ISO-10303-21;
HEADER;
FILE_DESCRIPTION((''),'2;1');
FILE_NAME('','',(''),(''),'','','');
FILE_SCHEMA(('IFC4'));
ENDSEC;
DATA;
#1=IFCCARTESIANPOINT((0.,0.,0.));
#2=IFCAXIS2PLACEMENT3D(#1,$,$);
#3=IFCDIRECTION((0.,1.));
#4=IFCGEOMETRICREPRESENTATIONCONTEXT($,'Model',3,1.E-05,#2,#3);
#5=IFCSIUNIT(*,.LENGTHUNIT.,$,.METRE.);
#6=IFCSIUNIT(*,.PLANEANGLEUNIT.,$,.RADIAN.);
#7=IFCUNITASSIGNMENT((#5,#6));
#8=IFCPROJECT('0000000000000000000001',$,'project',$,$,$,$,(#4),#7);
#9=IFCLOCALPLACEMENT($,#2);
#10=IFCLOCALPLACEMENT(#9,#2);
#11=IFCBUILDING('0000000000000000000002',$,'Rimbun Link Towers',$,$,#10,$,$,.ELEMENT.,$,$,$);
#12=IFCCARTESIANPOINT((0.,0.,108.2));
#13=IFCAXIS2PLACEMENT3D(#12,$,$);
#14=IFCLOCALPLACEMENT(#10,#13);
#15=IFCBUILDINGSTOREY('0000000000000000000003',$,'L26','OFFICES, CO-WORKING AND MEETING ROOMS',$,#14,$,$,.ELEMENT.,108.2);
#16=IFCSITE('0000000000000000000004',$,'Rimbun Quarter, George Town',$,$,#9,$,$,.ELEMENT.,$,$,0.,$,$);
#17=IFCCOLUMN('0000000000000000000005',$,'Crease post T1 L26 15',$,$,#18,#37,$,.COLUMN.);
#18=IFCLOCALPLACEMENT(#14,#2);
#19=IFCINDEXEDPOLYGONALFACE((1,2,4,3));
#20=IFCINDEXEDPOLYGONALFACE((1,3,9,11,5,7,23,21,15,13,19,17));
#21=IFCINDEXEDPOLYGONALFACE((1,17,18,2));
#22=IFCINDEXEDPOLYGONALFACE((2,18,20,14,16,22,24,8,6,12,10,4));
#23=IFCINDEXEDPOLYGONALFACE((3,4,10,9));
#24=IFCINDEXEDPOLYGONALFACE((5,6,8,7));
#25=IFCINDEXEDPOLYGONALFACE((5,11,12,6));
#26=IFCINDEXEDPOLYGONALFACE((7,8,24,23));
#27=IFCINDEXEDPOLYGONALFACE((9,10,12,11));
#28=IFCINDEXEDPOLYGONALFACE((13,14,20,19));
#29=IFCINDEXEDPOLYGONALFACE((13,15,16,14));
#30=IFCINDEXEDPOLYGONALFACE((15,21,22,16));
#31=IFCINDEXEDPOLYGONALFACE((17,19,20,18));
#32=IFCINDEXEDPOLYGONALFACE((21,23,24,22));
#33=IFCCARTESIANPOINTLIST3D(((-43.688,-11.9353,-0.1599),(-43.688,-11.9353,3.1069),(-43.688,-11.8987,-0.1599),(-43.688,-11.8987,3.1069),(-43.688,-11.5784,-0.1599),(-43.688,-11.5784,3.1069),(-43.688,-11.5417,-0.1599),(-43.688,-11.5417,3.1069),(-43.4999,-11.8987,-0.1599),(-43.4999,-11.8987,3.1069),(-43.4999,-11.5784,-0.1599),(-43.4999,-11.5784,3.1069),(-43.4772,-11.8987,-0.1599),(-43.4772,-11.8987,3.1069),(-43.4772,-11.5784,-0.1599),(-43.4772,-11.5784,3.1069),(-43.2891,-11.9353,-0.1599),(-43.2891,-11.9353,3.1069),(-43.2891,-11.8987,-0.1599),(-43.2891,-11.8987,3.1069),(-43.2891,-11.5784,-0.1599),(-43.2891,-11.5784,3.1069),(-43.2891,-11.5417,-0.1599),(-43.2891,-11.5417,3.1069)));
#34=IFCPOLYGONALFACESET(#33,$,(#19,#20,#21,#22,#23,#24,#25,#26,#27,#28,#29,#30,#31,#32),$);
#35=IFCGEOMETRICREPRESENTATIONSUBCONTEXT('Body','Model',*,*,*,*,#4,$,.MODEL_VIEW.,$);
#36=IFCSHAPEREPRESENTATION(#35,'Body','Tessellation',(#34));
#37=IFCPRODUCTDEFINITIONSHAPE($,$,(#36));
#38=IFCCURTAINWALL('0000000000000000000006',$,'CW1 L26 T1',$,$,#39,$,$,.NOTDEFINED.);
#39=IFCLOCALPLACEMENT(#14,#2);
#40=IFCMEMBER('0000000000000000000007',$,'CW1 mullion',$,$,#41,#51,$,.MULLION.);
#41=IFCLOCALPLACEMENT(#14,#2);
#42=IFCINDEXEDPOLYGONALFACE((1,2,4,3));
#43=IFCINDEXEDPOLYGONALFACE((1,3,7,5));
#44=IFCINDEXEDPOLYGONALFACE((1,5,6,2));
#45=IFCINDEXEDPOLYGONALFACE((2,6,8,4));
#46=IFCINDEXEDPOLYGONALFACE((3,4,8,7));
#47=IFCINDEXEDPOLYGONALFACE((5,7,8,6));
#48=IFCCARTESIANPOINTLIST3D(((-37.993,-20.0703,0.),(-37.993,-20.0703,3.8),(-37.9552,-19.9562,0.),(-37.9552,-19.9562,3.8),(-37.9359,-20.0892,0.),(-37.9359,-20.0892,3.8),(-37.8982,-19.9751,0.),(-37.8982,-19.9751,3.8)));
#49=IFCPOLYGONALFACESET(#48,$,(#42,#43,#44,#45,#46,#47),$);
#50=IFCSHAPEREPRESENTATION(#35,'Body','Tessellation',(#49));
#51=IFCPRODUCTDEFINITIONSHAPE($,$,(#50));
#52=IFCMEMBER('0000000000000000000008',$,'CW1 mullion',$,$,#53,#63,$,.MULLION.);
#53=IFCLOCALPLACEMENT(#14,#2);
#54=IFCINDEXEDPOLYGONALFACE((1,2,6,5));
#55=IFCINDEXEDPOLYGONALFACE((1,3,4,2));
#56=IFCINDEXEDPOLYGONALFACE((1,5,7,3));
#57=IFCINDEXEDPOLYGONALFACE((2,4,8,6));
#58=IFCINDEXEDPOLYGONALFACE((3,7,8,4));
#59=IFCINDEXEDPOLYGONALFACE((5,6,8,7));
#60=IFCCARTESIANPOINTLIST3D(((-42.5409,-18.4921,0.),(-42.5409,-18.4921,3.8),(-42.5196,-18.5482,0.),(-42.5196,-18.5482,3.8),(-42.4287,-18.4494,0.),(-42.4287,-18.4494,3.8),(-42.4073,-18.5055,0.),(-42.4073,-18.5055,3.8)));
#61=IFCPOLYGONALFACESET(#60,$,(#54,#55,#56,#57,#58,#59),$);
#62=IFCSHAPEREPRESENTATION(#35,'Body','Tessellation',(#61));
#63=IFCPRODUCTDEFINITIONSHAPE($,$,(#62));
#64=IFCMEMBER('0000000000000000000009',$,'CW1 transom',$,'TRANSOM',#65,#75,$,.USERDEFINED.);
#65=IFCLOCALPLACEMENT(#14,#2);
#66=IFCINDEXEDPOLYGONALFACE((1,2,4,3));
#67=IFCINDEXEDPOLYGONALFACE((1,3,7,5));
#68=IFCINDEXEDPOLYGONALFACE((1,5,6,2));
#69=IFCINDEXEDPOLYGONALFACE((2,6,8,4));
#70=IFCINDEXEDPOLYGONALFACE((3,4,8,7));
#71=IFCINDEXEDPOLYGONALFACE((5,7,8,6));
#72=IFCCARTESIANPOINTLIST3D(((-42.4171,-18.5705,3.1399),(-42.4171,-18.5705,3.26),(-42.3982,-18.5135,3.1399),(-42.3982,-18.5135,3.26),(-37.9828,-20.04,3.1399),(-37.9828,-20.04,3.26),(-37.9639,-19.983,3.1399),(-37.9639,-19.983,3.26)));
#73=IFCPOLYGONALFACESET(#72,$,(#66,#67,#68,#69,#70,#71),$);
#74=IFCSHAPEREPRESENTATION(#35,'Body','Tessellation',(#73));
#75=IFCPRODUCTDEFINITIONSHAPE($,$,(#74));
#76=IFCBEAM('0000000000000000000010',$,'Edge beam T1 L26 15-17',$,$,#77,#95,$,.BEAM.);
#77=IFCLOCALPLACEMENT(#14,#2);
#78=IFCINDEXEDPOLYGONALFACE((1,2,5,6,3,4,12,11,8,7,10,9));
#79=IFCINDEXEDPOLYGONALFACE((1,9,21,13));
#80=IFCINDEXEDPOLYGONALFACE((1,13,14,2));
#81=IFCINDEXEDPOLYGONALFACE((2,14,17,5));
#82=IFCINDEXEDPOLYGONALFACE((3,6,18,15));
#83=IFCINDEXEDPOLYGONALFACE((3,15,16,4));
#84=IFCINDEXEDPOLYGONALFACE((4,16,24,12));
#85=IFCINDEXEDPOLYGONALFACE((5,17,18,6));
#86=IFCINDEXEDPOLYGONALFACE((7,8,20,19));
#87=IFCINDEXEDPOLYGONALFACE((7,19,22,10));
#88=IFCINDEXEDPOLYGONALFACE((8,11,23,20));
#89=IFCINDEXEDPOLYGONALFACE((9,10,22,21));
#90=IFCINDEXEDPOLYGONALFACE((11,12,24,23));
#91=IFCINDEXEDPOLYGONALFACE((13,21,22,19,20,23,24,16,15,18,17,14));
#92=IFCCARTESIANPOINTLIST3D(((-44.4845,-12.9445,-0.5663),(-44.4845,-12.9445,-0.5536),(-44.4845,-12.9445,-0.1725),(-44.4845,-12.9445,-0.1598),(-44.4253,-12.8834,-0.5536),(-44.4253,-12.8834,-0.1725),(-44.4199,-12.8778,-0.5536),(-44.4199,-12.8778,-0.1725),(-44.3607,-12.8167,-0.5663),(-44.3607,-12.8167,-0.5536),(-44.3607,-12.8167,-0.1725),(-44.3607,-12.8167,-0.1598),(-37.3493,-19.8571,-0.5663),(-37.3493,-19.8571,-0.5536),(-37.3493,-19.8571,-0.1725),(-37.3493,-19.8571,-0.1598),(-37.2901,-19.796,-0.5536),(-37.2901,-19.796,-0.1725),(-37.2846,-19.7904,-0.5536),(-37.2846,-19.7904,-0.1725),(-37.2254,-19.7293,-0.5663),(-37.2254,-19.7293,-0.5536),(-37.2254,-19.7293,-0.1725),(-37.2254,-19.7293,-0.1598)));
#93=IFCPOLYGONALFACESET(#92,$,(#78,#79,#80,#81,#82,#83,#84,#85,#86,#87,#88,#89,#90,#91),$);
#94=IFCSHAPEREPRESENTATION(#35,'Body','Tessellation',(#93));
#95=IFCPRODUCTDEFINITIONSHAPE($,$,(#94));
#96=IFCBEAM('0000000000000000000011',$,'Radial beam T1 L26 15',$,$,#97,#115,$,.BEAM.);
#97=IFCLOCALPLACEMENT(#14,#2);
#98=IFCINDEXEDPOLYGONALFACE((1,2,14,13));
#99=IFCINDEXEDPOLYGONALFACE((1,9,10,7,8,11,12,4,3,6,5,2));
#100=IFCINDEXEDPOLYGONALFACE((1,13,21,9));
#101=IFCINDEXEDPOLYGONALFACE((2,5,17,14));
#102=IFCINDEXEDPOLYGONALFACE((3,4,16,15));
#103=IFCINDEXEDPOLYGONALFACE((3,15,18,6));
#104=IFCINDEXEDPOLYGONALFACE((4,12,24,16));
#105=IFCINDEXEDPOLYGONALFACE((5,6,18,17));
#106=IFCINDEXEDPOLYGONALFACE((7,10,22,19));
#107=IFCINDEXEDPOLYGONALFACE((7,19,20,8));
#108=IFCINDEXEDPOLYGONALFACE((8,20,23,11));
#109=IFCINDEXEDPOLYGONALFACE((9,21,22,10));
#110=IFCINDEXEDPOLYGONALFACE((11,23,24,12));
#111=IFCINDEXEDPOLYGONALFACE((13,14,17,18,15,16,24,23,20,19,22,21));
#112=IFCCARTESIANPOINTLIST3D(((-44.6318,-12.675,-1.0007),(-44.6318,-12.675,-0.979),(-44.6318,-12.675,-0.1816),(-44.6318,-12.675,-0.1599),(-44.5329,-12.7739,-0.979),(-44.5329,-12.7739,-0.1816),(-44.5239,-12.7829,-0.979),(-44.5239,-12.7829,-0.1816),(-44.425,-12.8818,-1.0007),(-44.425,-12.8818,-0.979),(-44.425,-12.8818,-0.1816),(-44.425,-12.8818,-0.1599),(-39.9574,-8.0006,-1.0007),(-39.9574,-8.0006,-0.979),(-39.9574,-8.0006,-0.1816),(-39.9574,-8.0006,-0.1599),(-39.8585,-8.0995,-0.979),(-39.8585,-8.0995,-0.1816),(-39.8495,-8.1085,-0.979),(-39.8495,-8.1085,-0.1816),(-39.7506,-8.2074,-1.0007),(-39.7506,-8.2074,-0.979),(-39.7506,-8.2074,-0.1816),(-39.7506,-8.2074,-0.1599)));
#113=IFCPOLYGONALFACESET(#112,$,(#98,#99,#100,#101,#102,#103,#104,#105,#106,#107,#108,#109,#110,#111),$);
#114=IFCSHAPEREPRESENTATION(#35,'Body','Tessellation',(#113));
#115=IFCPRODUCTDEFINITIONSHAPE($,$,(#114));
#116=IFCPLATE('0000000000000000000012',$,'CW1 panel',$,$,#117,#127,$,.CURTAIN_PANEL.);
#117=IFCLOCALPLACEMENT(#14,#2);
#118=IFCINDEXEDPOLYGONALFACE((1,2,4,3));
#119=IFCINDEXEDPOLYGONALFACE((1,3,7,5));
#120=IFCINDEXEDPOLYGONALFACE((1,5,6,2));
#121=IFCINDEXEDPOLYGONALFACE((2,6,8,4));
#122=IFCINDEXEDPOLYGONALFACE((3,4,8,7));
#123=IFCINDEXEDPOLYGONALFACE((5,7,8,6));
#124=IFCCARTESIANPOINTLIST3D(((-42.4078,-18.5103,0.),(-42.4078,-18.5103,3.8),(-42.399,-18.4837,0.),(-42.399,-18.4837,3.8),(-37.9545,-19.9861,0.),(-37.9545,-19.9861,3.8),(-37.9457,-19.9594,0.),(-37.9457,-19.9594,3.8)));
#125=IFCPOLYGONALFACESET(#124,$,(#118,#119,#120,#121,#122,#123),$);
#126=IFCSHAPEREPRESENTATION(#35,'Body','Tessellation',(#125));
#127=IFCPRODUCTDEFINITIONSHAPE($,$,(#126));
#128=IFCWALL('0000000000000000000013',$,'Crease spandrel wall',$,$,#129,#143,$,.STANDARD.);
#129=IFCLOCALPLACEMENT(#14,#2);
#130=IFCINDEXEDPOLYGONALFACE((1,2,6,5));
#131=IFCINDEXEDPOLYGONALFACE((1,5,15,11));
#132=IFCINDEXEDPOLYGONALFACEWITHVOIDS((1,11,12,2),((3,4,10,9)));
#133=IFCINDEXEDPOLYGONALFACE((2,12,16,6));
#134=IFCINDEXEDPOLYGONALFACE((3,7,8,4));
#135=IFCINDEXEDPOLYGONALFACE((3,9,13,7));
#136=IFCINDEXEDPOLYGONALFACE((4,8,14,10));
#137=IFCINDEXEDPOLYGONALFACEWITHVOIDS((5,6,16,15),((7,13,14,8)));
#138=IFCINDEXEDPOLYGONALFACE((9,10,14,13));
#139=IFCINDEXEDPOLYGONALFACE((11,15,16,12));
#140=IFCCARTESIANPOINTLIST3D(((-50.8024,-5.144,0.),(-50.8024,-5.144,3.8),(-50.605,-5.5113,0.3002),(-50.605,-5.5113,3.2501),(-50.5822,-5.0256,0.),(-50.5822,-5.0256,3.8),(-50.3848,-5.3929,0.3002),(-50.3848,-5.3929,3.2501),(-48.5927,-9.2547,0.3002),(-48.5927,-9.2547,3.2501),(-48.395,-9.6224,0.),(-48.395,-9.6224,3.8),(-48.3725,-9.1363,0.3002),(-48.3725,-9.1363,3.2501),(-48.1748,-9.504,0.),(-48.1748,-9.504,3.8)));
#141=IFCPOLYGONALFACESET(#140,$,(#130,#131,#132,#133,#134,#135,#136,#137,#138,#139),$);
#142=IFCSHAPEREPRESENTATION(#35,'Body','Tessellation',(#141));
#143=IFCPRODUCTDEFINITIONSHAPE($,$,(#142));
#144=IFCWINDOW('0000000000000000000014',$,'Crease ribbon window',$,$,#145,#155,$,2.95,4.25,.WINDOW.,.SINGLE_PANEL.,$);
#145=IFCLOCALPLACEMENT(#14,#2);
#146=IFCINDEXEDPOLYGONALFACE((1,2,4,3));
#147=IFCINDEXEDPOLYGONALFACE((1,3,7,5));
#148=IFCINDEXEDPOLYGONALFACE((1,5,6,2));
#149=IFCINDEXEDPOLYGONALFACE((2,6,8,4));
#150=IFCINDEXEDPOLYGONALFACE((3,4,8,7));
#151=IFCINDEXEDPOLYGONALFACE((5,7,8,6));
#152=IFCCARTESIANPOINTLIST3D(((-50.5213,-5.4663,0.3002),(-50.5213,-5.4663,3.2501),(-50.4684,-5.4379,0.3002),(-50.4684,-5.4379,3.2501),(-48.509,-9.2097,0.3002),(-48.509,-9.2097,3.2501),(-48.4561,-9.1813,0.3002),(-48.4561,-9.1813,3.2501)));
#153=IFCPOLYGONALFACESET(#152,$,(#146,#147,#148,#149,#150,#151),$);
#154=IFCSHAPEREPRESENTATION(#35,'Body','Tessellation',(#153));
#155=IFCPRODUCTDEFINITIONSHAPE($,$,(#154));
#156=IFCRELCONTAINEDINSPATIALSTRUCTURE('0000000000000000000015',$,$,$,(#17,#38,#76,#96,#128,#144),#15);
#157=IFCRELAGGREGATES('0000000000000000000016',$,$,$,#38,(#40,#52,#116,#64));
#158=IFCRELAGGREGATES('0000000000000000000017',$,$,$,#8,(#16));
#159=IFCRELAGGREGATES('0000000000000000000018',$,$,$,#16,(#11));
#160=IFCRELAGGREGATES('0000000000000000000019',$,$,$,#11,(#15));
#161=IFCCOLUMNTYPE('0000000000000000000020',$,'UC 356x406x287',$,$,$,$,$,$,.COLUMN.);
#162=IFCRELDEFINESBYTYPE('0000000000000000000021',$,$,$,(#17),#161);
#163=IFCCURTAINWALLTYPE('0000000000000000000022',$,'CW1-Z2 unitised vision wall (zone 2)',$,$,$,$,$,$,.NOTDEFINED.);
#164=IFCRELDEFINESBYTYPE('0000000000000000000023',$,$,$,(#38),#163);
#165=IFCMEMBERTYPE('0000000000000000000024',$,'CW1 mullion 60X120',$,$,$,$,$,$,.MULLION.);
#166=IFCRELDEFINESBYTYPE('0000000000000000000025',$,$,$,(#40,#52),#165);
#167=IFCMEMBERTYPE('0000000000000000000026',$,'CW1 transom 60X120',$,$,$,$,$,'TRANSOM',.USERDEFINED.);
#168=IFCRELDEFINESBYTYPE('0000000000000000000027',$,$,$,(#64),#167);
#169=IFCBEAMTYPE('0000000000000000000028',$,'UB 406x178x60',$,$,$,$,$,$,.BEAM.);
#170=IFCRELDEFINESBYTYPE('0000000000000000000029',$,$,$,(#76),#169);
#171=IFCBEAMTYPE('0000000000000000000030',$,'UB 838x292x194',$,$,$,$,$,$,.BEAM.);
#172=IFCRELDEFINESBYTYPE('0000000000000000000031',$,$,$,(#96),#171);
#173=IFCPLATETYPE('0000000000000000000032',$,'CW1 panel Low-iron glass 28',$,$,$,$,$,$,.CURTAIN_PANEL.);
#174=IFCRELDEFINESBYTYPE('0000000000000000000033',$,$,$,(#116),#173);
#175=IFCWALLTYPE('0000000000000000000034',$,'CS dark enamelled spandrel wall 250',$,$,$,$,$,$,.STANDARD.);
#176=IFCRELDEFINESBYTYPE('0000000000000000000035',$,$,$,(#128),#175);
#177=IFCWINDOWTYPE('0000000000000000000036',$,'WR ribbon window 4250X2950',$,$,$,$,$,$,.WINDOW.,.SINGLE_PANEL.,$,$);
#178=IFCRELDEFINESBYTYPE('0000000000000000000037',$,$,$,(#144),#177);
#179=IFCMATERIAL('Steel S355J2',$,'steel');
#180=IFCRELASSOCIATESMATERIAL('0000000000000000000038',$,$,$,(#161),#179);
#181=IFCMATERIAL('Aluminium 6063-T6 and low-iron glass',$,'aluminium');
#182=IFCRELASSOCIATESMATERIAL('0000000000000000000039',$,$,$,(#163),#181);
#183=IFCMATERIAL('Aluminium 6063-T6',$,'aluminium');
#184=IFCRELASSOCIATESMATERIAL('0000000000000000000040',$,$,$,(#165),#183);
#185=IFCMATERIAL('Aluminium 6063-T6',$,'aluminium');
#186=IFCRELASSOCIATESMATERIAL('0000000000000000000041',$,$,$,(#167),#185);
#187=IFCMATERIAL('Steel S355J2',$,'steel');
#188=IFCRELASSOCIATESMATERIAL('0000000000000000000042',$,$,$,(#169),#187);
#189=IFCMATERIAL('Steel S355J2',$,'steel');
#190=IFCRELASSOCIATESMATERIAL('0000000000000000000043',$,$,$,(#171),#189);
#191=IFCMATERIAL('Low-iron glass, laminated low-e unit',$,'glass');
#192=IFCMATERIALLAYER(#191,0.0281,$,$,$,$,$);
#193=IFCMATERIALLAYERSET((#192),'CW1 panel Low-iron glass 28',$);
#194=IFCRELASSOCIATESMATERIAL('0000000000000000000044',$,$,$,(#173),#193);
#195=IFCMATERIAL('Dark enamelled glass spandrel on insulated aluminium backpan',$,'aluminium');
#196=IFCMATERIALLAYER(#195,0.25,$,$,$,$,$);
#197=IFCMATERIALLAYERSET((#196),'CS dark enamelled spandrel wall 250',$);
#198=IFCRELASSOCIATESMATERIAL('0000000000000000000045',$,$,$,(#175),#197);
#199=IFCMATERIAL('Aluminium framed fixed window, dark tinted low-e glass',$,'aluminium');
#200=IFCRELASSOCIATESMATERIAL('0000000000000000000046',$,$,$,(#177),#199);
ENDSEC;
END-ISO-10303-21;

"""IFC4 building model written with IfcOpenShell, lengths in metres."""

from ifc_helpers import new_model, si_unit, direction, frame, frame_2d, origin, origin_2d, place, context, subcontext, project, spatial, rectangle, i_section, extrude, material, layer, layer_set, material_profile, profile_set, type_object, element, fill, aggregate, save


model = new_model("IFC4")

# Units and contexts
model_context = context("Model", 3, precision=1e-05, world=origin(), true_north=direction((0.0, 1.0)))
body_context = subcontext(model_context, "Body", "Model", "MODEL_VIEW")
ifc_project = project(units=[si_unit("LENGTHUNIT", "METRE"), si_unit("PLANEANGLEUNIT", "RADIAN")], contexts=[model_context])

# Site, building, storey
site_placement = place(None, origin())
site = spatial("IfcSite", under=ifc_project, at=site_placement, Name="Rimbun Quarter, George Town", CompositionType="ELEMENT", RefElevation=0.0)
building_placement = place(site_placement, origin())
building = spatial("IfcBuilding", under=site, at=building_placement, Name="Rimbun Link Towers", CompositionType="ELEMENT")
storey_placement = place(building_placement, frame((0.0, 0.0, 108.2)))
storey = spatial("IfcBuildingStorey", under=building, at=storey_placement, Name="L26", Description="OFFICES, CO-WORKING AND MEETING ROOMS", CompositionType="ELEMENT", Elevation=108.2)

# Column
ifc_material_1 = material(Name="Steel S355J2", Category="steel")
ifc_material_profile_1 = material_profile(ifc_material_1, i_section(OverallWidth=0.3989, OverallDepth=0.3936, WebThickness=0.0227, FlangeThickness=0.0366, at=origin_2d()), Name="UC 356x406x287")
ifc_profile_set_1 = profile_set([ifc_material_profile_1], Name="Steel S355J2")
column_type = type_object("IfcColumnType", Name="UC 356x406x287", PredefinedType="COLUMN", material=ifc_profile_set_1)
column_placement = place(storey_placement, frame((-43.4885, -11.7385, -0.1599), z_axis=(0.0, 0.0, 1.0), x_axis=(1.0, 0.0, 0.0)))
element("IfcColumn", 1, at=column_placement, inside=storey, type_object=column_type, Name="Crease post T1 L26 15", PredefinedType="COLUMN", context=body_context, shape_type="SweptSolid", body=[
    extrude(i_section(OverallWidth=0.3989, OverallDepth=0.3936, WebThickness=0.0227, FlangeThickness=0.0366, at=origin_2d()), origin(), (0.0, 0.0, 1.0), 3.2668),
])

# Curtain wall, members
ifc_material_2 = material(Name="Aluminium 6063-T6 and low-iron glass", Category="aluminium")
curtain_wall_type = type_object("IfcCurtainWallType", Name="CW1-Z2 unitised vision wall (zone 2)", PredefinedType="NOTDEFINED", material=ifc_material_2)
curtain_wall_placement = place(storey_placement, origin())
curtain_wall = element("IfcCurtainWall", 2, at=curtain_wall_placement, inside=storey, type_object=curtain_wall_type, Name="CW1 L26 T1", PredefinedType="NOTDEFINED")
ifc_material_3 = material(Name="Aluminium 6063-T6", Category="aluminium")
ifc_material_profile_2 = material_profile(ifc_material_3, rectangle(XDim=0.1201, YDim=0.0601, at=origin_2d()), Name="MULLION 60X120")
ifc_profile_set_2 = profile_set([ifc_material_profile_2], Name="Aluminium 6063-T6")
member_type_1 = type_object("IfcMemberType", Name="CW1 mullion 60X120", PredefinedType="MULLION", material=ifc_profile_set_2)
member_1_placement = place(storey_placement, frame((-37.9456, -20.0227, 0.0), z_axis=(0.0, 0.0, 1.0), x_axis=(-0.314562, -0.949237, 0.0)))
member_1 = element("IfcMember", 3, at=member_1_placement, type_object=member_type_1, Name="CW1 mullion", PredefinedType="MULLION", context=body_context, shape_type="SweptSolid", body=[
    extrude(rectangle(XDim=0.1201, YDim=0.0601, at=origin_2d()), origin(), (0.0, 0.0, 1.0), 3.8),
])
member_2_placement = place(storey_placement, frame((-42.4741, -18.4988, 0.0), z_axis=(0.0, 0.0, 1.0), x_axis=(-0.934622, -0.355643, 0.0)))
member_2 = element("IfcMember", 4, at=member_2_placement, type_object=member_type_1, Name="CW1 mullion", PredefinedType="MULLION", context=body_context, shape_type="SweptSolid", body=[
    extrude(rectangle(XDim=0.1201, YDim=0.0601, at=origin_2d()), origin(), (0.0, 0.0, 1.0), 3.8),
])
ifc_material_4 = material(Name="Aluminium 6063-T6", Category="aluminium")
ifc_material_profile_3 = material_profile(ifc_material_4, rectangle(XDim=0.0601, YDim=0.1201, at=origin_2d()), Name="TRANSOM 60X120")
ifc_profile_set_3 = profile_set([ifc_material_profile_3], Name="Aluminium 6063-T6")
member_type_2 = type_object("IfcMemberType", Name="CW1 transom 60X120", ElementType="TRANSOM", PredefinedType="USERDEFINED", material=ifc_profile_set_3)
member_3_placement = place(storey_placement, frame((-37.9734, -20.0115, 3.2), z_axis=(-0.949236, 0.314565, 0.0), x_axis=(-0.314565, -0.949236, 0.0)))
member_3 = element("IfcMember", 5, at=member_3_placement, type_object=member_type_2, Name="CW1 transom", ObjectType="TRANSOM", PredefinedType="USERDEFINED", context=body_context, shape_type="SweptSolid", body=[
    extrude(rectangle(XDim=0.0601, YDim=0.1201, at=origin_2d()), origin(), (0.0, 0.0, 1.0), 4.6714),
])

# Beams
ifc_material_5 = material(Name="Steel S355J2", Category="steel")
ifc_material_profile_4 = material_profile(ifc_material_5, i_section(OverallWidth=0.178, OverallDepth=0.4065, WebThickness=0.0078, FlangeThickness=0.0127, at=origin_2d()), Name="UB 406x178x60")
ifc_profile_set_4 = profile_set([ifc_material_profile_4], Name="Steel S355J2")
beam_type_1 = type_object("IfcBeamType", Name="UB 406x178x60", PredefinedType="BEAM", material=ifc_profile_set_4)
beam_1_placement = place(storey_placement, frame((-44.4226, -12.8806, -0.363), z_axis=(0.718224, -0.695812, 0.0), x_axis=(0.695812, 0.718224, 0.0)))
element("IfcBeam", 6, at=beam_1_placement, inside=storey, type_object=beam_type_1, Name="Edge beam T1 L26 15-17", PredefinedType="BEAM", context=body_context, shape_type="SweptSolid", body=[
    extrude(i_section(OverallWidth=0.178, OverallDepth=0.4065, WebThickness=0.0078, FlangeThickness=0.0127, at=origin_2d()), origin(), (0.0, 0.0, 1.0), 9.9346),
])
ifc_material_6 = material(Name="Steel S355J2", Category="steel")
ifc_material_profile_5 = material_profile(ifc_material_6, i_section(OverallWidth=0.2925, OverallDepth=0.8408, WebThickness=0.0127, FlangeThickness=0.0217, at=origin_2d()), Name="UB 838x292x194")
ifc_profile_set_5 = profile_set([ifc_material_profile_5], Name="Steel S355J2")
beam_type_2 = type_object("IfcBeamType", Name="UB 838x292x194", PredefinedType="BEAM", material=ifc_profile_set_5)
beam_2_placement = place(storey_placement, frame((-39.854, -8.104, -0.5803), z_axis=(-0.707107, -0.707107, 0.0), x_axis=(0.707107, -0.707107, 0.0)))
element("IfcBeam", 7, at=beam_2_placement, inside=storey, type_object=beam_type_2, Name="Radial beam T1 L26 15", PredefinedType="BEAM", context=body_context, shape_type="SweptSolid", body=[
    extrude(i_section(OverallWidth=0.2925, OverallDepth=0.8408, WebThickness=0.0127, FlangeThickness=0.0217, at=origin_2d()), origin(), (0.0, 0.0, 1.0), 6.6106),
])

# Plate
ifc_material_7 = material(Name="Low-iron glass, laminated low-e unit", Category="glass")
ifc_layer_1 = layer(ifc_material_7, 0.0281)
ifc_layer_set_1 = layer_set([ifc_layer_1], Name="CW1 panel Low-iron glass 28")
plate_type = type_object("IfcPlateType", Name="CW1 panel Low-iron glass 28", PredefinedType="CURTAIN_PANEL", material=ifc_layer_set_1)
plate_placement = place(storey_placement, frame((-40.1768, -19.2349, 0.0), z_axis=(0.0, 0.0, 1.0), x_axis=(-0.949237, 0.314562, 0.0)))
plate = element("IfcPlate", 8, at=plate_placement, type_object=plate_type, Name="CW1 panel", PredefinedType="CURTAIN_PANEL", context=body_context, shape_type="SweptSolid", body=[
    extrude(rectangle(XDim=4.6914, YDim=0.0281, at=origin_2d()), origin(), (0.0, 0.0, 1.0), 3.8),
])
aggregate(curtain_wall, [member_1, member_2, plate, member_3])

# Wall, opening, window
ifc_material_8 = material(Name="Dark enamelled glass spandrel on insulated aluminium backpan", Category="aluminium")
ifc_layer_2 = layer(ifc_material_8, 0.25)
ifc_layer_set_2 = layer_set([ifc_layer_2], Name="CS dark enamelled spandrel wall 250")
wall_type_1 = type_object("IfcWallType", Name="CS dark enamelled spandrel wall 250", PredefinedType="STANDARD", material=ifc_layer_set_2)
wall_1_placement = place(storey_placement, frame((-48.2849, -9.5632, 0.0), z_axis=(0.0, 0.0, 1.0), x_axis=(-0.473484, 0.880802, 0.0)))
wall_1 = element("IfcWall", 9, at=wall_1_placement, inside=storey, type_object=wall_type_1, Name="Crease spandrel wall", PredefinedType="STANDARD", context=body_context, shape_type="SweptSolid", body=[
    extrude(rectangle(XDim=5.0845, YDim=0.25, at=frame_2d((2.5422, 0.0))), origin(), (0.0, 0.0, 1.0), 3.8),
])
opening_1_placement = place(wall_1_placement, frame((0.4175, 0.0, 0.3)))
opening_1 = element("IfcOpeningElement", 10, at=opening_1_placement, cuts=wall_1, PredefinedType="OPENING", context=body_context, shape_type="SweptSolid", body=[
    extrude(rectangle(XDim=4.25, YDim=2.95, at=frame_2d((2.125, 1.4751))), frame((0.0, 0.135, 0.0), z_axis=(0.0, -1.0, 0.0), x_axis=(1.0, 0.0, 0.0)), (0.0, 0.0, 1.0), 0.27),
])
ifc_material_9 = material(Name="Aluminium framed fixed window, dark tinted low-e glass", Category="aluminium")
window_type_1 = type_object("IfcWindowType", Name="WR ribbon window 4250X2950", PartitioningType="SINGLE_PANEL", PredefinedType="WINDOW", material=ifc_material_9)
window_1_placement = place(opening_1_placement, origin())
window_1 = element("IfcWindow", 11, at=window_1_placement, inside=storey, type_object=window_type_1, Name="Crease ribbon window", OverallHeight=2.95, OverallWidth=4.25, PartitioningType="SINGLE_PANEL", PredefinedType="WINDOW", context=body_context, shape_type="SweptSolid", body=[
    extrude(rectangle(XDim=4.25, YDim=2.95, at=frame_2d((2.125, 1.4751))), frame((0.0, 0.03, 0.0), z_axis=(0.0, -1.0, 0.0), x_axis=(1.0, 0.0, 0.0)), (0.0, 0.0, 1.0), 0.0601),
])
fill(opening_1, window_1)

save(model, "model.ifc")
